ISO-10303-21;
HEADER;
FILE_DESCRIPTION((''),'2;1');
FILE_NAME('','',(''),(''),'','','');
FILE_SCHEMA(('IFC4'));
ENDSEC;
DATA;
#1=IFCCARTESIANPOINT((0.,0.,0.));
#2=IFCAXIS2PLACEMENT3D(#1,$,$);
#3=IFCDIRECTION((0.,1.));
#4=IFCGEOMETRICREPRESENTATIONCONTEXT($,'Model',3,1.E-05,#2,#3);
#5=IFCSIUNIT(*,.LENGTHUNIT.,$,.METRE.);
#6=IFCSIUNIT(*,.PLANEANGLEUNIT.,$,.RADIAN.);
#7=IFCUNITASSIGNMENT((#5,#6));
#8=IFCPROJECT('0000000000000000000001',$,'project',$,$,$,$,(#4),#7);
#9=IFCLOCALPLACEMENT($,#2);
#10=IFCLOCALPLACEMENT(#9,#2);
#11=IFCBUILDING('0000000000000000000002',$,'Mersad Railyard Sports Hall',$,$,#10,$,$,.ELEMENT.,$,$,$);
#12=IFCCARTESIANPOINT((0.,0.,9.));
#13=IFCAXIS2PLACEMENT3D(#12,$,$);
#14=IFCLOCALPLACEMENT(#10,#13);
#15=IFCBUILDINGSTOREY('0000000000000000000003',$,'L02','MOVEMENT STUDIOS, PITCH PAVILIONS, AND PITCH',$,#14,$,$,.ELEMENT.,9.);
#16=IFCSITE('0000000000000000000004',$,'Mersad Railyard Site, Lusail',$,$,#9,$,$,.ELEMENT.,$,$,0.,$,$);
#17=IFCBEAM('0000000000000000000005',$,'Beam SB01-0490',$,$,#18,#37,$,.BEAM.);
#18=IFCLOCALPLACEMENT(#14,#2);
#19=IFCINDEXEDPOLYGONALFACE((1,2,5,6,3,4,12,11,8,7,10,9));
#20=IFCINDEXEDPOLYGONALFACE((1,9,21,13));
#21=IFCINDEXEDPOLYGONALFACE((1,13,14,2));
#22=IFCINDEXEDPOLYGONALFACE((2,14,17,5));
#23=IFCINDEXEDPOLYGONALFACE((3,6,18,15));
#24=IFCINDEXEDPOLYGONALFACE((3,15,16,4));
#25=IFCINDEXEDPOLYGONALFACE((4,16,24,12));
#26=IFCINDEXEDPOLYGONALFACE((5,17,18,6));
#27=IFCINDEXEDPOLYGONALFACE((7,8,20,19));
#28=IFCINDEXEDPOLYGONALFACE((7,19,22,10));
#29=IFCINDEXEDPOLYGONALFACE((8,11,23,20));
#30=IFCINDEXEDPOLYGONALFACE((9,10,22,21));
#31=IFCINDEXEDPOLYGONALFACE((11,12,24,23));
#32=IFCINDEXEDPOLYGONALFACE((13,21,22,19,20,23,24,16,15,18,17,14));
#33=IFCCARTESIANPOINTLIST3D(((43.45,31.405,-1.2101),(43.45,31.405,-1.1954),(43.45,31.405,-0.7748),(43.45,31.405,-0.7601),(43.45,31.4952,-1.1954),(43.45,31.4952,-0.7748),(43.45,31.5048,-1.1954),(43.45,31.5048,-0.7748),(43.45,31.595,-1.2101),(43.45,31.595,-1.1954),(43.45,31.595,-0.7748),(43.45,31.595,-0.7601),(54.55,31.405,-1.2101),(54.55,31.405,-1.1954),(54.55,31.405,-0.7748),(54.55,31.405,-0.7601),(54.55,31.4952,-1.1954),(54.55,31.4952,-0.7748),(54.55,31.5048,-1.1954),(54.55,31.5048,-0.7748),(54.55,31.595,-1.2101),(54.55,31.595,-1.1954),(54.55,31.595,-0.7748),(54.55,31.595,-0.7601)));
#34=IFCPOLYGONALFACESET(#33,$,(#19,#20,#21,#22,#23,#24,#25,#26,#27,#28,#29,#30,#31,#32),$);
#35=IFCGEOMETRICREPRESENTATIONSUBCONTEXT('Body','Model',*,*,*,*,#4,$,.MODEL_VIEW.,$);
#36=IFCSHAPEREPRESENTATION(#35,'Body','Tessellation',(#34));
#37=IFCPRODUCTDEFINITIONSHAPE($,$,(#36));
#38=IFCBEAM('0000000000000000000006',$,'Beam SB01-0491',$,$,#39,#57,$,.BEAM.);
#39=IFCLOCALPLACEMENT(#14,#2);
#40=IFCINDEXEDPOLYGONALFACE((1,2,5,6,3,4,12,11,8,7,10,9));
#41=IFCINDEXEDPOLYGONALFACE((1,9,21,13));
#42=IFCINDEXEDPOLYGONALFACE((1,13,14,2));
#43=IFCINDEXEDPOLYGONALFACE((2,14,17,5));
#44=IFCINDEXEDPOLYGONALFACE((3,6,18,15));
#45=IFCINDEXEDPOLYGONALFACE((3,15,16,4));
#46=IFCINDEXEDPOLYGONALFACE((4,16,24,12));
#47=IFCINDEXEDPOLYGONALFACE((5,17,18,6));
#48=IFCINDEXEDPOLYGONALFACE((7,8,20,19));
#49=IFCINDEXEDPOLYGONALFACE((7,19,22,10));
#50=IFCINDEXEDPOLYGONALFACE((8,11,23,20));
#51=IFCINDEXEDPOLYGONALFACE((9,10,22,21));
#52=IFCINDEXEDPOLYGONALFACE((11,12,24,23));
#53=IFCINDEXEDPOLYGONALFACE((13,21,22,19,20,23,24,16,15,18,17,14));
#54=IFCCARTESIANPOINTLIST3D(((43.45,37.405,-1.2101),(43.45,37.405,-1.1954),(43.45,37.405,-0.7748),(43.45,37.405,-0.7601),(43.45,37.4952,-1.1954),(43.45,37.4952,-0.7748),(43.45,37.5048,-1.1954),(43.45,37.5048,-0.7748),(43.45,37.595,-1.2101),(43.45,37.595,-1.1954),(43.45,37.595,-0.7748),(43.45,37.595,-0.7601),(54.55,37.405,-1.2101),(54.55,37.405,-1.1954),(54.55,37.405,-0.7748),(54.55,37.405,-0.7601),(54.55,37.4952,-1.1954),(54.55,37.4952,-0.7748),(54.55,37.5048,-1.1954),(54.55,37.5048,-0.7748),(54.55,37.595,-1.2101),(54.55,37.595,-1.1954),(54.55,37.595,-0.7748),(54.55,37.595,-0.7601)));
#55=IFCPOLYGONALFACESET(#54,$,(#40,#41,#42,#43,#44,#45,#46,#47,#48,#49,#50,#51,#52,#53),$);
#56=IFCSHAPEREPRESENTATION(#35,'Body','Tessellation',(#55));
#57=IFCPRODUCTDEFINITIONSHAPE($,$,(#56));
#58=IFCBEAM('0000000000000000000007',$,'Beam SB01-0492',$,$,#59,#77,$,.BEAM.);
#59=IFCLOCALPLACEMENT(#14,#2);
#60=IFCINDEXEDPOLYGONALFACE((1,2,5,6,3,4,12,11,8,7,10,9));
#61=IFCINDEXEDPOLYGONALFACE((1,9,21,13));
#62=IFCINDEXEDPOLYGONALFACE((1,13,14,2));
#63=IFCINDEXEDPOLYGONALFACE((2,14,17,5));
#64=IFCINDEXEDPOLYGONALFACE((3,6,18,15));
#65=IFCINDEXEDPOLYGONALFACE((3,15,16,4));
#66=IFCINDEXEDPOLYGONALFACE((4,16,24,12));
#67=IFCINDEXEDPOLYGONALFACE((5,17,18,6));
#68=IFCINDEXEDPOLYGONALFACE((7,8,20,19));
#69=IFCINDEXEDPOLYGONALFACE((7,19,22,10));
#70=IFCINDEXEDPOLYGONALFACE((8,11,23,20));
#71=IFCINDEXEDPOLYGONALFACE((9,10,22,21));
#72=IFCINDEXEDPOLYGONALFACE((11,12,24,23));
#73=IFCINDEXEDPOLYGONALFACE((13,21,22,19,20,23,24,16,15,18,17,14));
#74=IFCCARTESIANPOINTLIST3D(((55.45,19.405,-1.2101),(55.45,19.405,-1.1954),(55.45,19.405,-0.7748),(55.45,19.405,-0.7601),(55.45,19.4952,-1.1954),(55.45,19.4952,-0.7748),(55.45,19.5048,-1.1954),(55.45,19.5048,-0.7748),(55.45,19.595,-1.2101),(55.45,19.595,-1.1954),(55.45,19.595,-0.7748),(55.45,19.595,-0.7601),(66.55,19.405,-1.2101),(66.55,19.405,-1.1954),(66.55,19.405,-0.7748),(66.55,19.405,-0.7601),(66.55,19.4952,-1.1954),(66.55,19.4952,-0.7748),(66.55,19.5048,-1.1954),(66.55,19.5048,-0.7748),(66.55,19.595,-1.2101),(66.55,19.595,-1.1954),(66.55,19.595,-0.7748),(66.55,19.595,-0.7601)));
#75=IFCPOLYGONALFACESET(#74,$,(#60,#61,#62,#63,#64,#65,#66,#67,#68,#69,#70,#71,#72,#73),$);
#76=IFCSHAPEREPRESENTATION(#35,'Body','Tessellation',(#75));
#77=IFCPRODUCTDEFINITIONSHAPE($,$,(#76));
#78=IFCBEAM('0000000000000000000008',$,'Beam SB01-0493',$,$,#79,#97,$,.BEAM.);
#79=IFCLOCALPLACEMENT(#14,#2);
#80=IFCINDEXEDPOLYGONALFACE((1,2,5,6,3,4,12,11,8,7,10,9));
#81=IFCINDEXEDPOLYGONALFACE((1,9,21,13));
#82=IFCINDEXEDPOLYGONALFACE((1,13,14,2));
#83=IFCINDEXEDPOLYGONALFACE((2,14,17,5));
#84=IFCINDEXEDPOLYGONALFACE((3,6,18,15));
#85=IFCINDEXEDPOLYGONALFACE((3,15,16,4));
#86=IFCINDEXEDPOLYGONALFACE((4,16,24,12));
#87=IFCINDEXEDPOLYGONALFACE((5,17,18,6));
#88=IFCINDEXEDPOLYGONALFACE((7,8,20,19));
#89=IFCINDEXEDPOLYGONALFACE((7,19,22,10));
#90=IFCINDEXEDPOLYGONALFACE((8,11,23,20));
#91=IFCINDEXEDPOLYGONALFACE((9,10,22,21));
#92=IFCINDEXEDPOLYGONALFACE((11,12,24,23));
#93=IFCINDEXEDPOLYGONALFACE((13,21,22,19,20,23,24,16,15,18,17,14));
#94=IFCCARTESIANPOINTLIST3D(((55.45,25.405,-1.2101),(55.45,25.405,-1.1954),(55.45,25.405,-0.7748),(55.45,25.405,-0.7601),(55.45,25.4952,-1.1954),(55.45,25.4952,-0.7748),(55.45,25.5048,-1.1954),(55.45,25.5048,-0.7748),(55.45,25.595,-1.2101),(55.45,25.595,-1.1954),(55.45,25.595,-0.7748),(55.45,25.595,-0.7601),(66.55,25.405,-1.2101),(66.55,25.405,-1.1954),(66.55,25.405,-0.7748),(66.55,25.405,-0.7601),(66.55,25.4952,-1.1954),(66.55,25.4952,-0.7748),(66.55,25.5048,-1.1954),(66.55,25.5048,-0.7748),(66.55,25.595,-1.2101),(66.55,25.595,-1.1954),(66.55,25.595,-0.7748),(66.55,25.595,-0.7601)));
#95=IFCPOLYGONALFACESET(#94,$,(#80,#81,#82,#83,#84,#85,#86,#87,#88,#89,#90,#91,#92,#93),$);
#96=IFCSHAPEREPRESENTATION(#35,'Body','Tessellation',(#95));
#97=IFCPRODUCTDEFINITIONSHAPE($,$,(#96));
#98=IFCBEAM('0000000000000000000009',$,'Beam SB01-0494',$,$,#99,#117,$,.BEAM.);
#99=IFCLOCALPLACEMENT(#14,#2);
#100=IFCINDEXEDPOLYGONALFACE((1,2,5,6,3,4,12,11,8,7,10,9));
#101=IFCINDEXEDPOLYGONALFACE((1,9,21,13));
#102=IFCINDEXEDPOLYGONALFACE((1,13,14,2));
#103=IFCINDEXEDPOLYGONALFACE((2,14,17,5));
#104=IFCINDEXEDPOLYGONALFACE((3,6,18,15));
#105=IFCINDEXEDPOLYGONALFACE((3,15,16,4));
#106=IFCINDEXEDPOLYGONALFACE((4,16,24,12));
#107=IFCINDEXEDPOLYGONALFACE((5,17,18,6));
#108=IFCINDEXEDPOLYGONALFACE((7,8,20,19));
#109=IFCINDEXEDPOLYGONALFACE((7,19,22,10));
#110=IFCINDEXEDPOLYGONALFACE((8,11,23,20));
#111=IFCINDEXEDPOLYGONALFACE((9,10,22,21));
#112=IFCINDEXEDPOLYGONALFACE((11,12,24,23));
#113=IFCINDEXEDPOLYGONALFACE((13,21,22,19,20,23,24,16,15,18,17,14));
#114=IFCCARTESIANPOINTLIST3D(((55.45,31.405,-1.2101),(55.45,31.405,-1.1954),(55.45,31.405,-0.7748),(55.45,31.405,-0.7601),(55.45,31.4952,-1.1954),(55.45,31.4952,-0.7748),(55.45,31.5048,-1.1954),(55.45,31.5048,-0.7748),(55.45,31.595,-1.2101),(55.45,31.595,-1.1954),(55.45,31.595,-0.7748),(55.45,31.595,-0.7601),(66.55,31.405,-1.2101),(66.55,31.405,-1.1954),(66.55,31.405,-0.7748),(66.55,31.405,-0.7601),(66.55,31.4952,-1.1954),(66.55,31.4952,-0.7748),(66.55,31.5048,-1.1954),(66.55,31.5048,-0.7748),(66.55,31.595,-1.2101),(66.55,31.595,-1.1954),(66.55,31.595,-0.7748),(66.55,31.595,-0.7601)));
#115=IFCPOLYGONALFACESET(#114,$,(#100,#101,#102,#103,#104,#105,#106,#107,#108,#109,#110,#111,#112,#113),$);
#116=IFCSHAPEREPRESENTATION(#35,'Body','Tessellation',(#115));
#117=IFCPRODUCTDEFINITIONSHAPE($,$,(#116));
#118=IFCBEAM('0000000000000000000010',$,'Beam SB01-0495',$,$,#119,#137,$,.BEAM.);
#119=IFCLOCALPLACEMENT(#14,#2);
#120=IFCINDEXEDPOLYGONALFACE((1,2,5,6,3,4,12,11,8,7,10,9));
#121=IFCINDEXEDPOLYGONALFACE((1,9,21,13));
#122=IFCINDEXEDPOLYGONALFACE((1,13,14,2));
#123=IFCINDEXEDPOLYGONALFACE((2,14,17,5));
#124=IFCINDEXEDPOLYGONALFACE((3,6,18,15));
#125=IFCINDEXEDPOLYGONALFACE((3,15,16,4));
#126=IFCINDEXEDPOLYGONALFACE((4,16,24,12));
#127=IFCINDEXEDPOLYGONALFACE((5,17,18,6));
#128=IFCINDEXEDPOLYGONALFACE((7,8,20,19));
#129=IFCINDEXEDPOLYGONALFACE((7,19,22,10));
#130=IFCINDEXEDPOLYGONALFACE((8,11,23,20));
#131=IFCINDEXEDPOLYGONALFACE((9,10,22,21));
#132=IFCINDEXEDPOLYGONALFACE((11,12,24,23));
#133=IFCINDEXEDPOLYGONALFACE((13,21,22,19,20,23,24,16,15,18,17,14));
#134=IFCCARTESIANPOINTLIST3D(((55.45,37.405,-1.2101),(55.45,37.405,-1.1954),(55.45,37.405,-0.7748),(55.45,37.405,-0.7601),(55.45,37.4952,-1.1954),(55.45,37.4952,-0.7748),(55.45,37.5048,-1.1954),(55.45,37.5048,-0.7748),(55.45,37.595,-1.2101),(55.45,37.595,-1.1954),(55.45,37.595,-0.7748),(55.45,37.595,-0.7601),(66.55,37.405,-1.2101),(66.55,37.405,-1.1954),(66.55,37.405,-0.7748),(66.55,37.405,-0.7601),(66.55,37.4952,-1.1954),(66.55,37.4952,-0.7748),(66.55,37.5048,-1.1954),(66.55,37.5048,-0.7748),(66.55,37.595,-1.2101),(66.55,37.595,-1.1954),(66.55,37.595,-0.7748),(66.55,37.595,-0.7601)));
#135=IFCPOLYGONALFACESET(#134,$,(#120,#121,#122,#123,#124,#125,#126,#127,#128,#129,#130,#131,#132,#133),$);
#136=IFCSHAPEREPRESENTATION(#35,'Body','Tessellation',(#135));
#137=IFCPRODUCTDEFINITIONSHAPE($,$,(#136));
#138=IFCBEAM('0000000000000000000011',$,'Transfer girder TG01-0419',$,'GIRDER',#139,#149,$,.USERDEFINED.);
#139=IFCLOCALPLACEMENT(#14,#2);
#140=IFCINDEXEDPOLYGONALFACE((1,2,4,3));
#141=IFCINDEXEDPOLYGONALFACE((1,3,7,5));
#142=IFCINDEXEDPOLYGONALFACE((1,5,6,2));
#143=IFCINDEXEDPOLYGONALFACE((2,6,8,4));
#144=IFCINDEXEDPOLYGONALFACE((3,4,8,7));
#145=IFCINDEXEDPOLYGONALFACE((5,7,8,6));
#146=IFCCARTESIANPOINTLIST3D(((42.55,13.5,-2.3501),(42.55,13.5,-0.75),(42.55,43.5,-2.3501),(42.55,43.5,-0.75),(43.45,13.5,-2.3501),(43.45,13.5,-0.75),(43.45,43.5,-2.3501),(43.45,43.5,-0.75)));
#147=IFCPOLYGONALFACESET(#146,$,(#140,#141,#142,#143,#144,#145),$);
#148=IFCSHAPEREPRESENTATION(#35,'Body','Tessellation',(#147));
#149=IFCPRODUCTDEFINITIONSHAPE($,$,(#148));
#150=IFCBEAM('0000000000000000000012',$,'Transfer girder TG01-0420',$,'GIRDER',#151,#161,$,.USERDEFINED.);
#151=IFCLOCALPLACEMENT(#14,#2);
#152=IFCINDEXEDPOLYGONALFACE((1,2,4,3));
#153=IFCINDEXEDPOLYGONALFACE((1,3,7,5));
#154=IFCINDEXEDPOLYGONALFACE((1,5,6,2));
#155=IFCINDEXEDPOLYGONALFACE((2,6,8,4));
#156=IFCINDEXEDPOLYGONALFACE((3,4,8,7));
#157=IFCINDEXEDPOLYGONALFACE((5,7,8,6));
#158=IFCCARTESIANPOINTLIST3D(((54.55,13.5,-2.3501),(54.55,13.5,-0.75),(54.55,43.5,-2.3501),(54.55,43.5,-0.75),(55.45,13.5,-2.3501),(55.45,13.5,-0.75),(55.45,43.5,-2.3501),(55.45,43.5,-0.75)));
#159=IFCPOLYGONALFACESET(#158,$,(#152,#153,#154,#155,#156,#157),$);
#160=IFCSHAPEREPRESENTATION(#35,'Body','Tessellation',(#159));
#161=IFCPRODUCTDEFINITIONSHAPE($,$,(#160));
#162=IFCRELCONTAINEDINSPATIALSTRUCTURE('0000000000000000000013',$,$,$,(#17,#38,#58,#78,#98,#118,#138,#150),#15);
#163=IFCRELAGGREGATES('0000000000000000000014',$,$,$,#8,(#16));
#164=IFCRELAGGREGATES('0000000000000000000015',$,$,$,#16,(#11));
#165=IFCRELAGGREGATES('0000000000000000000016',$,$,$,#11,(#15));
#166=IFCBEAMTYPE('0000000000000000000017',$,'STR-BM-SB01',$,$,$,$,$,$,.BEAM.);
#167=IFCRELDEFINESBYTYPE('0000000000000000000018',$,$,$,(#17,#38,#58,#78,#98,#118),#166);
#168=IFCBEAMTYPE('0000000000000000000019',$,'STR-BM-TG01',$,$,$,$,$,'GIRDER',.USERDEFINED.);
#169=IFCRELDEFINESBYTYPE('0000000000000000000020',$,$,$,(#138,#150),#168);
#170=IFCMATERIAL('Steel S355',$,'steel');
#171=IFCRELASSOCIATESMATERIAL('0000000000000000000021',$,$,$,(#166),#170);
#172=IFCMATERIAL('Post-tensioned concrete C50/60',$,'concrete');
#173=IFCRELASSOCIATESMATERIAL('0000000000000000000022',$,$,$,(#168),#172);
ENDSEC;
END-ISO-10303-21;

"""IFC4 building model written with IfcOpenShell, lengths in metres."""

from ifc_helpers import new_model, si_unit, direction, frame, origin, origin_2d, place, context, subcontext, project, spatial, rectangle, i_section, extrude, material, material_profile, profile_set, type_object, element, save


model = new_model("IFC4")

# Units and contexts
model_context = context("Model", 3, precision=1e-05, world=origin(), true_north=direction((0.0, 1.0)))
body_context = subcontext(model_context, "Body", "Model", "MODEL_VIEW")
ifc_project = project(units=[si_unit("LENGTHUNIT", "METRE"), si_unit("PLANEANGLEUNIT", "RADIAN")], contexts=[model_context])

# Site, building, storey
site_placement = place(None, origin())
site = spatial("IfcSite", under=ifc_project, at=site_placement, Name="Mersad Railyard Site, Lusail", CompositionType="ELEMENT", RefElevation=0.0)
building_placement = place(site_placement, origin())
building = spatial("IfcBuilding", under=site, at=building_placement, Name="Mersad Railyard Sports Hall", CompositionType="ELEMENT")
storey_placement = place(building_placement, frame((0.0, 0.0, 9.0)))
storey = spatial("IfcBuildingStorey", under=building, at=storey_placement, Name="L02", Description="MOVEMENT STUDIOS, PITCH PAVILIONS, AND PITCH", CompositionType="ELEMENT", Elevation=9.0)

# Beams
ifc_material_1 = material(Name="Steel S355", Category="steel")
ifc_material_profile_1 = material_profile(ifc_material_1, i_section(OverallWidth=0.1899, OverallDepth=0.45, WebThickness=0.0095, FlangeThickness=0.0146, at=origin_2d()), Name="IPE 450")
ifc_profile_set_1 = profile_set([ifc_material_profile_1], Name="Steel S355")
beam_type_1 = type_object("IfcBeamType", Name="STR-BM-SB01", PredefinedType="BEAM", material=ifc_profile_set_1)
for number, where, z_axis, x_axis, name in (
    (1, (43.45, 31.5, -0.9851), (1.0, 0.0, 0.0), (0.0, 1.0, 0.0), "Beam SB01-0490"),
    (2, (43.45, 37.5, -0.9851), (1.0, 0.0, 0.0), (0.0, 1.0, 0.0), "Beam SB01-0491"),
    (3, (55.45, 19.5, -0.9851), (1.0, 0.0, 0.0), (0.0, 1.0, 0.0), "Beam SB01-0492"),
    (4, (55.45, 25.5, -0.9851), (1.0, 0.0, 0.0), (0.0, 1.0, 0.0), "Beam SB01-0493"),
    (5, (55.45, 31.5, -0.9851), (1.0, 0.0, 0.0), (0.0, 1.0, 0.0), "Beam SB01-0494"),
    (6, (55.45, 37.5, -0.9851), (1.0, 0.0, 0.0), (0.0, 1.0, 0.0), "Beam SB01-0495"),
):
    element("IfcBeam", number, at=place(storey_placement, frame(where, z_axis=z_axis, x_axis=x_axis)), inside=storey, type_object=beam_type_1, Name=name, PredefinedType="BEAM", context=body_context, shape_type="SweptSolid", body=[
        extrude(i_section(OverallWidth=0.1899, OverallDepth=0.45, WebThickness=0.0095, FlangeThickness=0.0146, at=origin_2d()), origin(), (0.0, 0.0, 1.0), 11.1001),
    ])
ifc_material_2 = material(Name="Post-tensioned concrete C50/60", Category="concrete")
ifc_material_profile_2 = material_profile(ifc_material_2, rectangle(XDim=0.8999, YDim=1.6001, at=origin_2d()), Name="PT 900x1600")
ifc_profile_set_2 = profile_set([ifc_material_profile_2], Name="Post-tensioned concrete C50/60")
beam_type_2 = type_object("IfcBeamType", Name="STR-BM-TG01", ElementType="GIRDER", PredefinedType="USERDEFINED", material=ifc_profile_set_2)
for number, where, z_axis, x_axis, name in (
    (7, (43.0, 13.5, -1.55), (0.0, 1.0, 0.0), (-1.0, 0.0, 0.0), "Transfer girder TG01-0419"),
    (8, (55.0, 13.5, -1.55), (0.0, 1.0, 0.0), (-1.0, 0.0, 0.0), "Transfer girder TG01-0420"),
):
    element("IfcBeam", number, at=place(storey_placement, frame(where, z_axis=z_axis, x_axis=x_axis)), inside=storey, type_object=beam_type_2, Name=name, ObjectType="GIRDER", PredefinedType="USERDEFINED", context=body_context, shape_type="SweptSolid", body=[
        extrude(rectangle(XDim=0.8999, YDim=1.6001, at=origin_2d()), origin(), (0.0, 0.0, 1.0), 30.0),
    ])

save(model, "model.ifc")
